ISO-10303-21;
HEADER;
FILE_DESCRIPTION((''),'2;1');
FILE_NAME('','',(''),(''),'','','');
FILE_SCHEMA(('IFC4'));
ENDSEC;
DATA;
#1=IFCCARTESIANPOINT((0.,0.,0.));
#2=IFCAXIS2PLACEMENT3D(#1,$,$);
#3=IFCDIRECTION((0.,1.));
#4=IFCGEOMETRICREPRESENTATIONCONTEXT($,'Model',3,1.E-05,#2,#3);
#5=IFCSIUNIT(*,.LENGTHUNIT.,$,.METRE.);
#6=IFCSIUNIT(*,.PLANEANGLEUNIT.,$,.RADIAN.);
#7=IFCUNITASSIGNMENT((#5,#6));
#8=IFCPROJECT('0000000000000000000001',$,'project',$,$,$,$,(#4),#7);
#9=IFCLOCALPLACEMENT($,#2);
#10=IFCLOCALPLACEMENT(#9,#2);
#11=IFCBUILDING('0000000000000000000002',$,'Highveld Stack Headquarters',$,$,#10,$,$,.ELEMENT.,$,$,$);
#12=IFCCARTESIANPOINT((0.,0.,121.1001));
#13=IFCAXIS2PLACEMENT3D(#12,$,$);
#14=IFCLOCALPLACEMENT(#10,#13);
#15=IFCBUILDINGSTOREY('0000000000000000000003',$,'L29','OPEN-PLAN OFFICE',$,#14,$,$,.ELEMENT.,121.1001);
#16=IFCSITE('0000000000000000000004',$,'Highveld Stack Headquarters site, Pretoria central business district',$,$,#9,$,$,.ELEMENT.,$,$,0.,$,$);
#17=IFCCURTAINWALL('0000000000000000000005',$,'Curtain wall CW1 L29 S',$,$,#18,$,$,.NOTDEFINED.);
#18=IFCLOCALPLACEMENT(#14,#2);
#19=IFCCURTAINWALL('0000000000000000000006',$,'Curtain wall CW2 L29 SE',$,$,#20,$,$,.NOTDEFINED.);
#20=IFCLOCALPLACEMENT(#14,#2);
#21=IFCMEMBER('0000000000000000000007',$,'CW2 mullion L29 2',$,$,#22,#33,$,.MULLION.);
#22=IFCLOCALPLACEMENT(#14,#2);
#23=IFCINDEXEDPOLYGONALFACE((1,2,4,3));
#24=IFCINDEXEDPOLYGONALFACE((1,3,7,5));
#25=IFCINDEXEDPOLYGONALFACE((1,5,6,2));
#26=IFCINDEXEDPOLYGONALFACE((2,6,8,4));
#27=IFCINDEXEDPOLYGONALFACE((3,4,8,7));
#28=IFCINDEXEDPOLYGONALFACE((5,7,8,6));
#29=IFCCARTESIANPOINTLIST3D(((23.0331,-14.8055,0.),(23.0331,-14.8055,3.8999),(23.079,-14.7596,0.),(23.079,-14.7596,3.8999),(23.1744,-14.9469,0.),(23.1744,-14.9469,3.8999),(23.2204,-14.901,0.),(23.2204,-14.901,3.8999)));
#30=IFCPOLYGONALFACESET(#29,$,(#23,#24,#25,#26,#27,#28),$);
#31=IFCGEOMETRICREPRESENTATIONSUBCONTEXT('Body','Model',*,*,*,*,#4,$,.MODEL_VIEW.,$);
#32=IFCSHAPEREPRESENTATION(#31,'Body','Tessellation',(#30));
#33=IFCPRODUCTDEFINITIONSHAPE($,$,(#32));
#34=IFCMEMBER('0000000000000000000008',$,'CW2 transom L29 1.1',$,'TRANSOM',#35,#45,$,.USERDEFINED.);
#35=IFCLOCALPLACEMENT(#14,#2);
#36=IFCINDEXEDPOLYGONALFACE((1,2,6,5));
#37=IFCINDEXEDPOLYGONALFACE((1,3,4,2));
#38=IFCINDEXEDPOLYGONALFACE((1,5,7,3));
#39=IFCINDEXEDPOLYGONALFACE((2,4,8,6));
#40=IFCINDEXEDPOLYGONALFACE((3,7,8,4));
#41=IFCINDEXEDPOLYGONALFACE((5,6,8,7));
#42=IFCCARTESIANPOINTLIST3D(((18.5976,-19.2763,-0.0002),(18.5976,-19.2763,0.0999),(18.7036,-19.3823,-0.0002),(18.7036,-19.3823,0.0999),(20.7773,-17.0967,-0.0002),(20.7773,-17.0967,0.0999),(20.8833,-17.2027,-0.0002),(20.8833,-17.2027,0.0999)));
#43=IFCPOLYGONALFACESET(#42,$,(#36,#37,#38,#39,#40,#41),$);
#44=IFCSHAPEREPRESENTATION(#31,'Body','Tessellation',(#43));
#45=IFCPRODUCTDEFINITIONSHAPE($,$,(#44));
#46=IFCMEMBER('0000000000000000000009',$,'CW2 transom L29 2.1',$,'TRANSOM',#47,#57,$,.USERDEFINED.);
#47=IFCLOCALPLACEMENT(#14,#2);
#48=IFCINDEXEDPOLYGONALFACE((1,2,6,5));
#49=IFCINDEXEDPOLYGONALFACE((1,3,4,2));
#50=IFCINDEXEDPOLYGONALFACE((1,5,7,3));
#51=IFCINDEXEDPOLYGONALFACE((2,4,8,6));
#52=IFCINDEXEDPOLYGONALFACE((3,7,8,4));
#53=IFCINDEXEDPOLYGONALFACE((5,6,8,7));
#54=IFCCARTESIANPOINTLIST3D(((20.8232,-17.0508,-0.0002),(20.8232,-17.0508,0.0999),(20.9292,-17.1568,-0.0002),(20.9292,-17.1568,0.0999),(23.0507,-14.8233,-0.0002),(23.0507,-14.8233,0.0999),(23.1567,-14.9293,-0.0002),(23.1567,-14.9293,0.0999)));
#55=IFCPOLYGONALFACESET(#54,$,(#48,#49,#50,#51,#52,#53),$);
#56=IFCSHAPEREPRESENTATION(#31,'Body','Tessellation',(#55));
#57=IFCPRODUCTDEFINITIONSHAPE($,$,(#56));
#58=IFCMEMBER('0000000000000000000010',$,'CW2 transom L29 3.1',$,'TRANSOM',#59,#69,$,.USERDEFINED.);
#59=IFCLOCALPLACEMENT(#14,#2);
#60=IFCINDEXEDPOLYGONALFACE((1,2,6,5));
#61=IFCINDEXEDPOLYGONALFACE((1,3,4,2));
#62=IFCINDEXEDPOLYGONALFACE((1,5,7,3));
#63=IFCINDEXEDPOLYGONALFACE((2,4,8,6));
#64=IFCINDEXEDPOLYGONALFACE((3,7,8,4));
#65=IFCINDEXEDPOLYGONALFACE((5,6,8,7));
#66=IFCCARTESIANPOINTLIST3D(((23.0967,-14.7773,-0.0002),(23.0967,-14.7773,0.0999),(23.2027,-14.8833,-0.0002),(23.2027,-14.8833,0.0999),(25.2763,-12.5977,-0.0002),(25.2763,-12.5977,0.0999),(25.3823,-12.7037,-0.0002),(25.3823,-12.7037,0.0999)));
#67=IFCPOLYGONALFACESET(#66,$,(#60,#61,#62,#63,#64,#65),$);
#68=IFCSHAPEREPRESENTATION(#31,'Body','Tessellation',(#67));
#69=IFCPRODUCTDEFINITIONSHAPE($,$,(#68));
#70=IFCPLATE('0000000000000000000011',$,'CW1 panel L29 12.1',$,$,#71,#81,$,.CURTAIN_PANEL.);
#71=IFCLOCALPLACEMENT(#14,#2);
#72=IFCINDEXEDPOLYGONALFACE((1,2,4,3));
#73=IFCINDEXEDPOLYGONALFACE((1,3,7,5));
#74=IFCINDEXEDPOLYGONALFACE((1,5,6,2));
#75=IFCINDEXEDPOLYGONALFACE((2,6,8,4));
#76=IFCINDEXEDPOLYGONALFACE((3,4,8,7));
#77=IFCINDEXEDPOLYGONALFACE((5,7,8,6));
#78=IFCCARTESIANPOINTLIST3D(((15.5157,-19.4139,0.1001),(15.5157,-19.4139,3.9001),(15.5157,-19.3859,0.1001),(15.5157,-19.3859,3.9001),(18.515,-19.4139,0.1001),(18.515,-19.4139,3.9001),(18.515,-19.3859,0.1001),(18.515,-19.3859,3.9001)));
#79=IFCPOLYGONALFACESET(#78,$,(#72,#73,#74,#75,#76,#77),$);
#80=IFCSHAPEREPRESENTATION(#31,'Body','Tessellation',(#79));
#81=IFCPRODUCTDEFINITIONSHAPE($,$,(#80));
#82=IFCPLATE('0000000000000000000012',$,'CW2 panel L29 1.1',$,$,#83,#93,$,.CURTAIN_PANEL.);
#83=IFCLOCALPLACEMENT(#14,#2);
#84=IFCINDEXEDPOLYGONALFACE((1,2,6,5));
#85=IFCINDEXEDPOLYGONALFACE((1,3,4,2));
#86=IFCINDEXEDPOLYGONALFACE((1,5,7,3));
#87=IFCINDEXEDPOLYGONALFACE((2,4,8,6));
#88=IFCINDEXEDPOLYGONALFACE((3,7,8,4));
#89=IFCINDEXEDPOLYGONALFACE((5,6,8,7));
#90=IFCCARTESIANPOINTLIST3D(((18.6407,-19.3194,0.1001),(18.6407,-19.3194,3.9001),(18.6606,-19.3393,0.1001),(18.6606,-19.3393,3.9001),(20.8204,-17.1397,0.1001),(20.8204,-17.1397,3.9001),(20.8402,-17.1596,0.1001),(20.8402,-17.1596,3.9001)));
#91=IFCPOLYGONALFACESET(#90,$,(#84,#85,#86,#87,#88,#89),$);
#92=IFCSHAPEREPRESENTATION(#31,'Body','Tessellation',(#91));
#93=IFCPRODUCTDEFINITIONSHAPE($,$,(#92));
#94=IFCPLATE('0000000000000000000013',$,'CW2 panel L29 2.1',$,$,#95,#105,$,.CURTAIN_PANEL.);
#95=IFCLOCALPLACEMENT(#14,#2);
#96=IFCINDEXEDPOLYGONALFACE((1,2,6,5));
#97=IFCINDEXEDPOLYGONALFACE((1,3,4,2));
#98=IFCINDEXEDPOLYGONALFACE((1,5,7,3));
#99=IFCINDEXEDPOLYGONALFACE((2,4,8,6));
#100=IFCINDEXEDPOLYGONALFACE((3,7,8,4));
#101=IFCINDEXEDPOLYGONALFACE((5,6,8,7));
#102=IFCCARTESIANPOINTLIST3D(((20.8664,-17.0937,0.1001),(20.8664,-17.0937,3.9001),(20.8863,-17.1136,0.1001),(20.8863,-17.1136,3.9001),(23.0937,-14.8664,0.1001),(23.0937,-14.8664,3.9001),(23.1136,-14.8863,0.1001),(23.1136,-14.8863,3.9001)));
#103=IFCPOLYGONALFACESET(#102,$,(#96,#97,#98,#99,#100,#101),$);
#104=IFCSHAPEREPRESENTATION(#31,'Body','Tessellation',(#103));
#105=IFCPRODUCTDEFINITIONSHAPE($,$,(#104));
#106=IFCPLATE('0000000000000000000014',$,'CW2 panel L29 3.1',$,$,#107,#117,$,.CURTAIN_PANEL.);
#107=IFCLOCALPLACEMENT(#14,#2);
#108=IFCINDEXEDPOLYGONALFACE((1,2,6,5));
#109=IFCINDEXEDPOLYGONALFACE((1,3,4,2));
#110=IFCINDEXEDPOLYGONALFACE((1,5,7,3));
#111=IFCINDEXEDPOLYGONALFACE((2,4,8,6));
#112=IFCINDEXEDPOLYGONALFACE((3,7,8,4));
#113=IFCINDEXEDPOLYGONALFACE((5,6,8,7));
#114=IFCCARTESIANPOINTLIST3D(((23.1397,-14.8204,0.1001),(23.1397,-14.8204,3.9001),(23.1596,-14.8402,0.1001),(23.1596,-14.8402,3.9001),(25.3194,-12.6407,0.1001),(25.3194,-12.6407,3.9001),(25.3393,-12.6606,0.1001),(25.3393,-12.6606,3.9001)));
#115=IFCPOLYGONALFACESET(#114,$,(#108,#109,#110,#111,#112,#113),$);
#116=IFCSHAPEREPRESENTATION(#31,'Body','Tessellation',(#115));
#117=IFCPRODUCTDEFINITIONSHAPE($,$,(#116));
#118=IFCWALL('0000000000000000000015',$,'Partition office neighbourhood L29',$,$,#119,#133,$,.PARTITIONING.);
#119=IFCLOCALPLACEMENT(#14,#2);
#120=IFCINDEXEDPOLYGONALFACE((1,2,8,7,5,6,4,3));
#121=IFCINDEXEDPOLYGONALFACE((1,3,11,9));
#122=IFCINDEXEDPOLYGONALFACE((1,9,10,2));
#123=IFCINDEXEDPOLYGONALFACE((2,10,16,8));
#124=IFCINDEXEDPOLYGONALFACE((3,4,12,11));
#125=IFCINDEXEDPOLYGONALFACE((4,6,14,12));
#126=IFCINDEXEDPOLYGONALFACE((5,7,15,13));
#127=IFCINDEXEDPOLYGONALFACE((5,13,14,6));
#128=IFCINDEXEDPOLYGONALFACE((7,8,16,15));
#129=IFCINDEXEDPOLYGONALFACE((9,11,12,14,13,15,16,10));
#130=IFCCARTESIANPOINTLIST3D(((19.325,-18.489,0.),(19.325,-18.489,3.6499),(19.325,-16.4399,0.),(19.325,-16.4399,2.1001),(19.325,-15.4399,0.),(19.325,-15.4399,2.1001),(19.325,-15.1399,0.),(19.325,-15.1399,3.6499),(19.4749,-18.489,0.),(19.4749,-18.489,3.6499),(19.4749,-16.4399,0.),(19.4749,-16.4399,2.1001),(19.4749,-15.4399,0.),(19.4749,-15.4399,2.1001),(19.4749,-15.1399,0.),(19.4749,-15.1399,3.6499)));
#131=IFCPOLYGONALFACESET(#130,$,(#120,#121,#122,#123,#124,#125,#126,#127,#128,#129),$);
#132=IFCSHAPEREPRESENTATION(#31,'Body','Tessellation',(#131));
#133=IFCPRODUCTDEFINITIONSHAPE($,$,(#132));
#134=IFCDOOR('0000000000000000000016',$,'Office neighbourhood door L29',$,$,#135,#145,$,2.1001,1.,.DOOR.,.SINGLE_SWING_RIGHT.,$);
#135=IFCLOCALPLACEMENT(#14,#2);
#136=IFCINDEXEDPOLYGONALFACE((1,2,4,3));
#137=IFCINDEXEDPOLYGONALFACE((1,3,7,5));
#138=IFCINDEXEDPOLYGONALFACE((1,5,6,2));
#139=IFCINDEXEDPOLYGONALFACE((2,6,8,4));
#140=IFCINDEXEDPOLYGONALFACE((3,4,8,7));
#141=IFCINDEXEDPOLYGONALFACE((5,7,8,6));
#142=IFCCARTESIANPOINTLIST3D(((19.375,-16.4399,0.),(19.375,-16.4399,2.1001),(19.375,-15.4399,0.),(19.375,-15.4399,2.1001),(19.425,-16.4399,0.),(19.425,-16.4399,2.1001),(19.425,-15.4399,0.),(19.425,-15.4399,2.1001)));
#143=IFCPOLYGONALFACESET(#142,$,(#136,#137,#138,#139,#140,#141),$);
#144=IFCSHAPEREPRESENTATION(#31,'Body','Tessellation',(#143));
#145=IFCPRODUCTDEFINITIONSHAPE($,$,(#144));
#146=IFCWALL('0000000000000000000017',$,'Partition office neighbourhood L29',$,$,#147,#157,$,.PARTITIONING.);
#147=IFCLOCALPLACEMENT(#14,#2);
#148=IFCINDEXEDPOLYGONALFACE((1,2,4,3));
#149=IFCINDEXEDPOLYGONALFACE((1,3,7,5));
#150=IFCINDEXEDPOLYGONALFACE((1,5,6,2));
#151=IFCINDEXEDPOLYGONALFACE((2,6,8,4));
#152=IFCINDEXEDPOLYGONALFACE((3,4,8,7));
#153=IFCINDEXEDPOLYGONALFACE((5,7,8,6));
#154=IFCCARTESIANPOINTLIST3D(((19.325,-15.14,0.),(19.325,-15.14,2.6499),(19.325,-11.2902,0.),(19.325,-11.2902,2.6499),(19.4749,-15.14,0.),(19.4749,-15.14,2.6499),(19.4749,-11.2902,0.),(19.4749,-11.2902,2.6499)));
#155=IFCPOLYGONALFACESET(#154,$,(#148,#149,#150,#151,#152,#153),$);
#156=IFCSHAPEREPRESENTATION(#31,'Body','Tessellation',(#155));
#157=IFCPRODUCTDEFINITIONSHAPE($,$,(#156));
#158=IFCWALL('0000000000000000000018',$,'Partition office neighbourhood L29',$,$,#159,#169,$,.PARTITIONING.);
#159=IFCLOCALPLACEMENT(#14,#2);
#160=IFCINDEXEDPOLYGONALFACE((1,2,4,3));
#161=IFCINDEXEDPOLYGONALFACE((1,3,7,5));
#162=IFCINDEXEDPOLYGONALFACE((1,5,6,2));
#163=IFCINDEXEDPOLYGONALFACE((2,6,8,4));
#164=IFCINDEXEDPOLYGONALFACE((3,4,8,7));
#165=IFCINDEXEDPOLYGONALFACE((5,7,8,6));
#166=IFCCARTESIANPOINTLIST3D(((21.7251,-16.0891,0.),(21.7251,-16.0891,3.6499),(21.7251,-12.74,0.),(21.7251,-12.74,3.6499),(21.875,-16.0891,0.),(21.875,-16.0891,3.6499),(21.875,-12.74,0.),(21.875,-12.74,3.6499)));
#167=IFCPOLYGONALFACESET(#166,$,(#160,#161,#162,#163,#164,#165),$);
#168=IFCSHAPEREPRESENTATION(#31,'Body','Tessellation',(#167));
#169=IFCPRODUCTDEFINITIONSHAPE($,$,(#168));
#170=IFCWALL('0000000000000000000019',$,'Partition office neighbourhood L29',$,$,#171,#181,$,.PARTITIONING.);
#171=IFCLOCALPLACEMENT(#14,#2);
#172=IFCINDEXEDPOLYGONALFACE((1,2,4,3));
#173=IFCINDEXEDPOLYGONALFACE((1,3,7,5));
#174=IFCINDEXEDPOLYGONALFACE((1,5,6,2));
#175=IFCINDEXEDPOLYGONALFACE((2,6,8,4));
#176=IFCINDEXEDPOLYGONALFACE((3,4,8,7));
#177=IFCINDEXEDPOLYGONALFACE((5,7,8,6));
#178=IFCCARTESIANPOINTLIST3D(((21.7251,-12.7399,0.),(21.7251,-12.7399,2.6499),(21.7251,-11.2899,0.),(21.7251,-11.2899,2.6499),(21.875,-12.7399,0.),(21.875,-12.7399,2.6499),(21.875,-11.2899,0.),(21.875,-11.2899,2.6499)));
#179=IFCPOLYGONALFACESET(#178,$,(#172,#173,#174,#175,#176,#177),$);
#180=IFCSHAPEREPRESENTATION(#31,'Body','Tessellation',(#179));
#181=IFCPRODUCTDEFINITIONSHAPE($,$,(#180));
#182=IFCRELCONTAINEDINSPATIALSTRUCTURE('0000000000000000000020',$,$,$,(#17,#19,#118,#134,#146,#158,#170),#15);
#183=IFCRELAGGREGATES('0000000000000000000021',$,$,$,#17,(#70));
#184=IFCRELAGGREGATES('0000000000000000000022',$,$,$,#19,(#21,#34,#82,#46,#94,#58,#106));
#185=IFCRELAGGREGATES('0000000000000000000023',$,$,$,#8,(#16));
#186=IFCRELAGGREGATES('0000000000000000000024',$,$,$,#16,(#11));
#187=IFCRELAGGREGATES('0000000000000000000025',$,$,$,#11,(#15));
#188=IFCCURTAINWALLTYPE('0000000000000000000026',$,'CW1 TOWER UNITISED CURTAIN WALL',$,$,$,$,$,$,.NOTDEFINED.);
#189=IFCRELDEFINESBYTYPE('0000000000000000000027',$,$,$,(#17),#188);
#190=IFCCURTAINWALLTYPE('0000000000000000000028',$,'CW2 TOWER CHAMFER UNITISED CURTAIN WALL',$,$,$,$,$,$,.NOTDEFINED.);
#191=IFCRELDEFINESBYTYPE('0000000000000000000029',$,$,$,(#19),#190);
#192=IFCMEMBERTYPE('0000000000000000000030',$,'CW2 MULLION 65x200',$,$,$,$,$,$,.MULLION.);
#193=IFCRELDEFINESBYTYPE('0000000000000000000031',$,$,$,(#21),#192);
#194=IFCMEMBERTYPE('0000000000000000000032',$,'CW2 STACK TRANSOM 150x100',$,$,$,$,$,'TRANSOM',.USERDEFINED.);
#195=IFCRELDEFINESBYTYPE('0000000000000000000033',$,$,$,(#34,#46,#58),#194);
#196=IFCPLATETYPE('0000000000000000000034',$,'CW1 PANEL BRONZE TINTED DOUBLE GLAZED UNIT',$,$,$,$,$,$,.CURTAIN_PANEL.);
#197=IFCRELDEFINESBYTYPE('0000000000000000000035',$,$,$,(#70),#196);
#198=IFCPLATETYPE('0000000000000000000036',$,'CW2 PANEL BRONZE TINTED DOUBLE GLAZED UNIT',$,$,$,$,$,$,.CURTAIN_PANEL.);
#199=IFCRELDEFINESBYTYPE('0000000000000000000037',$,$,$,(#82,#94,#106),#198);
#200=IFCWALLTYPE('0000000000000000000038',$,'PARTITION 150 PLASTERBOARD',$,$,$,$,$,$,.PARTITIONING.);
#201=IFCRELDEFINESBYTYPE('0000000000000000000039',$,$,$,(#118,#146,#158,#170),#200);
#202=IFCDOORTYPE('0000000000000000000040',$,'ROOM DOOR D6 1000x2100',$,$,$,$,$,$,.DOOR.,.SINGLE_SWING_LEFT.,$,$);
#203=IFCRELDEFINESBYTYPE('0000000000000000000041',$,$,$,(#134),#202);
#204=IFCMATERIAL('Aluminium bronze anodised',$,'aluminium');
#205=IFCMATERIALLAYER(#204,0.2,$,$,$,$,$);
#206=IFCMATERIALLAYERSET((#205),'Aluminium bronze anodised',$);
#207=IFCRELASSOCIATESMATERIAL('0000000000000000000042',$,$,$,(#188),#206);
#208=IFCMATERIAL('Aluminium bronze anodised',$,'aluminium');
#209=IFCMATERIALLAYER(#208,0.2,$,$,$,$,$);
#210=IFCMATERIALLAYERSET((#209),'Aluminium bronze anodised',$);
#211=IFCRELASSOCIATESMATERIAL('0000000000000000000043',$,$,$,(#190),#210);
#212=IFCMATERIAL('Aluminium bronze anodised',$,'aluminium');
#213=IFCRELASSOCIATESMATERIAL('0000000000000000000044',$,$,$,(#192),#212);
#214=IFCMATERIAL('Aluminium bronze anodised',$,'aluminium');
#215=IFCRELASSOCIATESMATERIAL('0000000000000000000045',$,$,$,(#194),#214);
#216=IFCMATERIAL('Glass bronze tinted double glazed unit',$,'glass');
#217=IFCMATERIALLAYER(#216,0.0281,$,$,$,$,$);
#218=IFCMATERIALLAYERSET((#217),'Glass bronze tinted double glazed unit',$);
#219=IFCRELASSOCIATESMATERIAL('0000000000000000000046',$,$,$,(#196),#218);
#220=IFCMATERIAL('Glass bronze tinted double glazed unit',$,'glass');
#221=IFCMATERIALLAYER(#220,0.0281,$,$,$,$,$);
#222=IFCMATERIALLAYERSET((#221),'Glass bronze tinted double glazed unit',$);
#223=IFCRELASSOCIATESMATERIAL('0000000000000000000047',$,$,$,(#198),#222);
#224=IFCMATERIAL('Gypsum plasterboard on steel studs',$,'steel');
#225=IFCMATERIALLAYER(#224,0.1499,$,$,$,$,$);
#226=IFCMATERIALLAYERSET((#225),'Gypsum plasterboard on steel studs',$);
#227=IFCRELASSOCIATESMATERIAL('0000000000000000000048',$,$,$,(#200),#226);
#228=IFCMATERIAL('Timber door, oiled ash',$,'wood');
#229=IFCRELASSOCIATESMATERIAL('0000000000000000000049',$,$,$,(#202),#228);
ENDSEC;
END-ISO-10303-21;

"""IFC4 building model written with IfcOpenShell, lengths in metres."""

from ifc_helpers import new_model, si_unit, direction, frame, frame_2d, origin, origin_2d, place, context, subcontext, project, spatial, rectangle, extrude, material, layer, layer_set, material_profile, profile_set, type_object, element, fill, aggregate, save


model = new_model("IFC4")

# Units and contexts
model_context = context("Model", 3, precision=1e-05, world=origin(), true_north=direction((0.0, 1.0)))
body_context = subcontext(model_context, "Body", "Model", "MODEL_VIEW")
ifc_project = project(units=[si_unit("LENGTHUNIT", "METRE"), si_unit("PLANEANGLEUNIT", "RADIAN")], contexts=[model_context])

# Site, building, storey
site_placement = place(None, origin())
site = spatial("IfcSite", under=ifc_project, at=site_placement, Name="Highveld Stack Headquarters site, Pretoria central business district", CompositionType="ELEMENT", RefElevation=0.0)
building_placement = place(site_placement, origin())
building = spatial("IfcBuilding", under=site, at=building_placement, Name="Highveld Stack Headquarters", CompositionType="ELEMENT")
storey_placement = place(building_placement, frame((0.0, 0.0, 121.1001)))
storey = spatial("IfcBuildingStorey", under=building, at=storey_placement, Name="L29", Description="OPEN-PLAN OFFICE", CompositionType="ELEMENT", Elevation=121.1001)

# Curtain wall
ifc_material_1 = material(Name="Aluminium bronze anodised", Category="aluminium")
ifc_layer_1 = layer(ifc_material_1, 0.2)
ifc_layer_set_1 = layer_set([ifc_layer_1], Name="Aluminium bronze anodised")
curtain_wall_type_1 = type_object("IfcCurtainWallType", Name="CW1 TOWER UNITISED CURTAIN WALL", PredefinedType="NOTDEFINED", material=ifc_layer_set_1)
curtain_wall_1_placement = place(storey_placement, origin())
curtain_wall_1 = element("IfcCurtainWall", 1, at=curtain_wall_1_placement, inside=storey, type_object=curtain_wall_type_1, Name="Curtain wall CW1 L29 S", PredefinedType="NOTDEFINED")

# Curtain wall, members
ifc_material_2 = material(Name="Aluminium bronze anodised", Category="aluminium")
ifc_layer_2 = layer(ifc_material_2, 0.2)
ifc_layer_set_2 = layer_set([ifc_layer_2], Name="Aluminium bronze anodised")
curtain_wall_type_2 = type_object("IfcCurtainWallType", Name="CW2 TOWER CHAMFER UNITISED CURTAIN WALL", PredefinedType="NOTDEFINED", material=ifc_layer_set_2)
curtain_wall_2_placement = place(storey_placement, origin())
curtain_wall_2 = element("IfcCurtainWall", 2, at=curtain_wall_2_placement, inside=storey, type_object=curtain_wall_type_2, Name="Curtain wall CW2 L29 SE", PredefinedType="NOTDEFINED")
ifc_material_3 = material(Name="Aluminium bronze anodised", Category="aluminium")
ifc_material_profile_1 = material_profile(ifc_material_3, rectangle(XDim=0.2, YDim=0.0649, at=origin_2d()), Name="CW2 MULLION 65x200")
ifc_profile_set_1 = profile_set([ifc_material_profile_1], Name="Aluminium bronze anodised")
member_type_1 = type_object("IfcMemberType", Name="CW2 MULLION 65x200", PredefinedType="MULLION", material=ifc_profile_set_1)
member_1_placement = place(storey_placement, frame((23.1267, -14.8533, 0.0), z_axis=(0.0, 0.0, 1.0), x_axis=(-0.707107, 0.707107, 0.0)))
member_1 = element("IfcMember", 3, at=member_1_placement, type_object=member_type_1, Name="CW2 mullion L29 2", PredefinedType="MULLION", context=body_context, shape_type="SweptSolid", body=[
    extrude(rectangle(XDim=0.2, YDim=0.0649, at=origin_2d()), origin(), (0.0, 0.0, 1.0), 3.8999),
])
ifc_material_4 = material(Name="Aluminium bronze anodised", Category="aluminium")
ifc_material_profile_2 = material_profile(ifc_material_4, rectangle(XDim=0.1499, YDim=0.1001, at=origin_2d()), Name="CW2 TRANSOM 150x100")
ifc_profile_set_2 = profile_set([ifc_material_profile_2], Name="Aluminium bronze anodised")
member_type_2 = type_object("IfcMemberType", Name="CW2 STACK TRANSOM 150x100", ElementType="TRANSOM", PredefinedType="USERDEFINED", material=ifc_profile_set_2)
member_2_placement = place(storey_placement, frame((18.6506, -19.3293, 0.0498), z_axis=(0.707107, 0.707107, 0.0), x_axis=(-0.707107, 0.707107, 0.0)))
member_2 = element("IfcMember", 4, at=member_2_placement, type_object=member_type_2, Name="CW2 transom L29 1.1", ObjectType="TRANSOM", PredefinedType="USERDEFINED", context=body_context, shape_type="SweptSolid", body=[
    extrude(rectangle(XDim=0.1499, YDim=0.1001, at=origin_2d()), origin(), (0.0, 0.0, 1.0), 3.0825),
])
member_3_placement = place(storey_placement, frame((20.8762, -17.1038, 0.0498), z_axis=(0.707107, 0.707107, 0.0), x_axis=(-0.707107, 0.707107, 0.0)))
member_3 = element("IfcMember", 5, at=member_3_placement, type_object=member_type_2, Name="CW2 transom L29 2.1", ObjectType="TRANSOM", PredefinedType="USERDEFINED", context=body_context, shape_type="SweptSolid", body=[
    extrude(rectangle(XDim=0.1499, YDim=0.1001, at=origin_2d()), origin(), (0.0, 0.0, 1.0), 3.1501),
])
member_4_placement = place(storey_placement, frame((23.1497, -14.8303, 0.0498), z_axis=(0.707107, 0.707107, 0.0), x_axis=(-0.707107, 0.707107, 0.0)))
member_4 = element("IfcMember", 6, at=member_4_placement, type_object=member_type_2, Name="CW2 transom L29 3.1", ObjectType="TRANSOM", PredefinedType="USERDEFINED", context=body_context, shape_type="SweptSolid", body=[
    extrude(rectangle(XDim=0.1499, YDim=0.1001, at=origin_2d()), origin(), (0.0, 0.0, 1.0), 3.0825),
])

# Plates
ifc_material_5 = material(Name="Glass bronze tinted double glazed unit", Category="glass")
ifc_layer_3 = layer(ifc_material_5, 0.0281)
ifc_layer_set_3 = layer_set([ifc_layer_3], Name="Glass bronze tinted double glazed unit")
plate_type_1 = type_object("IfcPlateType", Name="CW1 PANEL BRONZE TINTED DOUBLE GLAZED UNIT", PredefinedType="CURTAIN_PANEL", material=ifc_layer_set_3)
plate_1_placement = place(storey_placement, frame((17.0154, -19.3999, 0.1001), z_axis=(0.0, 0.0, 1.0), x_axis=(1.0, 0.0, 0.0)))
plate_1 = element("IfcPlate", 7, at=plate_1_placement, type_object=plate_type_1, Name="CW1 panel L29 12.1", PredefinedType="CURTAIN_PANEL", context=body_context, shape_type="SweptSolid", body=[
    extrude(rectangle(XDim=2.9993, YDim=0.0281, at=origin_2d()), origin(), (0.0, 0.0, 1.0), 3.8),
])
aggregate(curtain_wall_1, [plate_1])
ifc_material_6 = material(Name="Glass bronze tinted double glazed unit", Category="glass")
ifc_layer_4 = layer(ifc_material_6, 0.0281)
ifc_layer_set_4 = layer_set([ifc_layer_4], Name="Glass bronze tinted double glazed unit")
plate_type_2 = type_object("IfcPlateType", Name="CW2 PANEL BRONZE TINTED DOUBLE GLAZED UNIT", PredefinedType="CURTAIN_PANEL", material=ifc_layer_set_4)
plate_2_placement = place(storey_placement, frame((19.7405, -18.2395, 0.1001), z_axis=(0.0, 0.0, 1.0), x_axis=(0.707107, 0.707107, 0.0)))
plate_2 = element("IfcPlate", 8, at=plate_2_placement, type_object=plate_type_2, Name="CW2 panel L29 1.1", PredefinedType="CURTAIN_PANEL", context=body_context, shape_type="SweptSolid", body=[
    extrude(rectangle(XDim=3.0825, YDim=0.0281, at=origin_2d()), origin(), (0.0, 0.0, 1.0), 3.8),
])
plate_3_placement = place(storey_placement, frame((21.99, -15.99, 0.1001), z_axis=(0.0, 0.0, 1.0), x_axis=(0.707107, 0.707107, 0.0)))
plate_3 = element("IfcPlate", 9, at=plate_3_placement, type_object=plate_type_2, Name="CW2 panel L29 2.1", PredefinedType="CURTAIN_PANEL", context=body_context, shape_type="SweptSolid", body=[
    extrude(rectangle(XDim=3.1499, YDim=0.0281, at=origin_2d()), origin(), (0.0, 0.0, 1.0), 3.8),
])
plate_4_placement = place(storey_placement, frame((24.2395, -13.7405, 0.1001), z_axis=(0.0, 0.0, 1.0), x_axis=(0.707107, 0.707107, 0.0)))
plate_4 = element("IfcPlate", 10, at=plate_4_placement, type_object=plate_type_2, Name="CW2 panel L29 3.1", PredefinedType="CURTAIN_PANEL", context=body_context, shape_type="SweptSolid", body=[
    extrude(rectangle(XDim=3.0825, YDim=0.0281, at=origin_2d()), origin(), (0.0, 0.0, 1.0), 3.8),
])
aggregate(curtain_wall_2, [member_1, member_2, plate_2, member_3, plate_3, member_4, plate_4])

# Wall, opening, door
ifc_material_7 = material(Name="Gypsum plasterboard on steel studs", Category="steel")
ifc_layer_5 = layer(ifc_material_7, 0.1499)
ifc_layer_set_5 = layer_set([ifc_layer_5], Name="Gypsum plasterboard on steel studs")
wall_type = type_object("IfcWallType", Name="PARTITION 150 PLASTERBOARD", PredefinedType="PARTITIONING", material=ifc_layer_set_5)
wall_1_placement = place(storey_placement, frame((19.3999, -18.489, 0.0), z_axis=(0.0, 0.0, 1.0), x_axis=(0.0, 1.0, 0.0)))
wall_1 = element("IfcWall", 11, at=wall_1_placement, inside=storey, type_object=wall_type, Name="Partition office neighbourhood L29", PredefinedType="PARTITIONING", context=body_context, shape_type="SweptSolid", body=[
    extrude(rectangle(XDim=3.3491, YDim=0.1499, at=frame_2d((1.6746, 0.0))), origin(), (0.0, 0.0, 1.0), 3.6499),
])
opening_placement = place(wall_1_placement, frame((2.0491, 0.0, 0.0)))
opening = element("IfcOpeningElement", 12, at=opening_placement, cuts=wall_1, PredefinedType="OPENING", context=body_context, shape_type="SweptSolid", body=[
    extrude(rectangle(XDim=1.0, YDim=2.1001, at=frame_2d((0.5, 1.05))), frame((0.0, 0.085, 0.0), z_axis=(0.0, -1.0, 0.0), x_axis=(1.0, 0.0, 0.0)), (0.0, 0.0, 1.0), 0.1699),
])
ifc_material_8 = material(Name="Timber door, oiled ash", Category="wood")
door_type = type_object("IfcDoorType", Name="ROOM DOOR D6 1000x2100", OperationType="SINGLE_SWING_LEFT", PredefinedType="DOOR", material=ifc_material_8)
door_placement = place(opening_placement, origin())
door = element("IfcDoor", 13, at=door_placement, inside=storey, type_object=door_type, Name="Office neighbourhood door L29", OperationType="SINGLE_SWING_RIGHT", OverallHeight=2.1001, OverallWidth=1.0, PredefinedType="DOOR", context=body_context, shape_type="SweptSolid", body=[
    extrude(rectangle(XDim=1.0, YDim=2.1001, at=frame_2d((0.5, 1.05))), frame((0.0, 0.0249, 0.0), z_axis=(0.0, -1.0, 0.0), x_axis=(1.0, 0.0, 0.0)), (0.0, 0.0, 1.0), 0.05),
])
fill(opening, door)

# Walls
wall_2_placement = place(storey_placement, frame((19.3999, -15.1399, 0.0), z_axis=(0.0, 0.0, 1.0), x_axis=(0.0, 1.0, 0.0)))
element("IfcWall", 14, at=wall_2_placement, inside=storey, type_object=wall_type, Name="Partition office neighbourhood L29", PredefinedType="PARTITIONING", context=body_context, shape_type="SweptSolid", body=[
    extrude(rectangle(XDim=3.8499, YDim=0.1499, at=frame_2d((1.9248, 0.0))), origin(), (0.0, 0.0, 1.0), 2.6499),
])
wall_3_placement = place(storey_placement, frame((21.8, -16.0891, 0.0), z_axis=(0.0, 0.0, 1.0), x_axis=(0.0, 1.0, 0.0)))
element("IfcWall", 15, at=wall_3_placement, inside=storey, type_object=wall_type, Name="Partition office neighbourhood L29", PredefinedType="PARTITIONING", context=body_context, shape_type="SweptSolid", body=[
    extrude(rectangle(XDim=3.3491, YDim=0.1499, at=frame_2d((1.6746, 0.0))), origin(), (0.0, 0.0, 1.0), 3.6499),
])
wall_4_placement = place(storey_placement, frame((21.8, -12.74, 0.0), z_axis=(0.0, 0.0, 1.0), x_axis=(0.0, 1.0, 0.0)))
element("IfcWall", 16, at=wall_4_placement, inside=storey, type_object=wall_type, Name="Partition office neighbourhood L29", PredefinedType="PARTITIONING", context=body_context, shape_type="SweptSolid", body=[
    extrude(rectangle(XDim=1.45, YDim=0.1499, at=frame_2d((0.7251, 0.0))), origin(), (0.0, 0.0, 1.0), 2.6499),
])

save(model, "model.ifc")
